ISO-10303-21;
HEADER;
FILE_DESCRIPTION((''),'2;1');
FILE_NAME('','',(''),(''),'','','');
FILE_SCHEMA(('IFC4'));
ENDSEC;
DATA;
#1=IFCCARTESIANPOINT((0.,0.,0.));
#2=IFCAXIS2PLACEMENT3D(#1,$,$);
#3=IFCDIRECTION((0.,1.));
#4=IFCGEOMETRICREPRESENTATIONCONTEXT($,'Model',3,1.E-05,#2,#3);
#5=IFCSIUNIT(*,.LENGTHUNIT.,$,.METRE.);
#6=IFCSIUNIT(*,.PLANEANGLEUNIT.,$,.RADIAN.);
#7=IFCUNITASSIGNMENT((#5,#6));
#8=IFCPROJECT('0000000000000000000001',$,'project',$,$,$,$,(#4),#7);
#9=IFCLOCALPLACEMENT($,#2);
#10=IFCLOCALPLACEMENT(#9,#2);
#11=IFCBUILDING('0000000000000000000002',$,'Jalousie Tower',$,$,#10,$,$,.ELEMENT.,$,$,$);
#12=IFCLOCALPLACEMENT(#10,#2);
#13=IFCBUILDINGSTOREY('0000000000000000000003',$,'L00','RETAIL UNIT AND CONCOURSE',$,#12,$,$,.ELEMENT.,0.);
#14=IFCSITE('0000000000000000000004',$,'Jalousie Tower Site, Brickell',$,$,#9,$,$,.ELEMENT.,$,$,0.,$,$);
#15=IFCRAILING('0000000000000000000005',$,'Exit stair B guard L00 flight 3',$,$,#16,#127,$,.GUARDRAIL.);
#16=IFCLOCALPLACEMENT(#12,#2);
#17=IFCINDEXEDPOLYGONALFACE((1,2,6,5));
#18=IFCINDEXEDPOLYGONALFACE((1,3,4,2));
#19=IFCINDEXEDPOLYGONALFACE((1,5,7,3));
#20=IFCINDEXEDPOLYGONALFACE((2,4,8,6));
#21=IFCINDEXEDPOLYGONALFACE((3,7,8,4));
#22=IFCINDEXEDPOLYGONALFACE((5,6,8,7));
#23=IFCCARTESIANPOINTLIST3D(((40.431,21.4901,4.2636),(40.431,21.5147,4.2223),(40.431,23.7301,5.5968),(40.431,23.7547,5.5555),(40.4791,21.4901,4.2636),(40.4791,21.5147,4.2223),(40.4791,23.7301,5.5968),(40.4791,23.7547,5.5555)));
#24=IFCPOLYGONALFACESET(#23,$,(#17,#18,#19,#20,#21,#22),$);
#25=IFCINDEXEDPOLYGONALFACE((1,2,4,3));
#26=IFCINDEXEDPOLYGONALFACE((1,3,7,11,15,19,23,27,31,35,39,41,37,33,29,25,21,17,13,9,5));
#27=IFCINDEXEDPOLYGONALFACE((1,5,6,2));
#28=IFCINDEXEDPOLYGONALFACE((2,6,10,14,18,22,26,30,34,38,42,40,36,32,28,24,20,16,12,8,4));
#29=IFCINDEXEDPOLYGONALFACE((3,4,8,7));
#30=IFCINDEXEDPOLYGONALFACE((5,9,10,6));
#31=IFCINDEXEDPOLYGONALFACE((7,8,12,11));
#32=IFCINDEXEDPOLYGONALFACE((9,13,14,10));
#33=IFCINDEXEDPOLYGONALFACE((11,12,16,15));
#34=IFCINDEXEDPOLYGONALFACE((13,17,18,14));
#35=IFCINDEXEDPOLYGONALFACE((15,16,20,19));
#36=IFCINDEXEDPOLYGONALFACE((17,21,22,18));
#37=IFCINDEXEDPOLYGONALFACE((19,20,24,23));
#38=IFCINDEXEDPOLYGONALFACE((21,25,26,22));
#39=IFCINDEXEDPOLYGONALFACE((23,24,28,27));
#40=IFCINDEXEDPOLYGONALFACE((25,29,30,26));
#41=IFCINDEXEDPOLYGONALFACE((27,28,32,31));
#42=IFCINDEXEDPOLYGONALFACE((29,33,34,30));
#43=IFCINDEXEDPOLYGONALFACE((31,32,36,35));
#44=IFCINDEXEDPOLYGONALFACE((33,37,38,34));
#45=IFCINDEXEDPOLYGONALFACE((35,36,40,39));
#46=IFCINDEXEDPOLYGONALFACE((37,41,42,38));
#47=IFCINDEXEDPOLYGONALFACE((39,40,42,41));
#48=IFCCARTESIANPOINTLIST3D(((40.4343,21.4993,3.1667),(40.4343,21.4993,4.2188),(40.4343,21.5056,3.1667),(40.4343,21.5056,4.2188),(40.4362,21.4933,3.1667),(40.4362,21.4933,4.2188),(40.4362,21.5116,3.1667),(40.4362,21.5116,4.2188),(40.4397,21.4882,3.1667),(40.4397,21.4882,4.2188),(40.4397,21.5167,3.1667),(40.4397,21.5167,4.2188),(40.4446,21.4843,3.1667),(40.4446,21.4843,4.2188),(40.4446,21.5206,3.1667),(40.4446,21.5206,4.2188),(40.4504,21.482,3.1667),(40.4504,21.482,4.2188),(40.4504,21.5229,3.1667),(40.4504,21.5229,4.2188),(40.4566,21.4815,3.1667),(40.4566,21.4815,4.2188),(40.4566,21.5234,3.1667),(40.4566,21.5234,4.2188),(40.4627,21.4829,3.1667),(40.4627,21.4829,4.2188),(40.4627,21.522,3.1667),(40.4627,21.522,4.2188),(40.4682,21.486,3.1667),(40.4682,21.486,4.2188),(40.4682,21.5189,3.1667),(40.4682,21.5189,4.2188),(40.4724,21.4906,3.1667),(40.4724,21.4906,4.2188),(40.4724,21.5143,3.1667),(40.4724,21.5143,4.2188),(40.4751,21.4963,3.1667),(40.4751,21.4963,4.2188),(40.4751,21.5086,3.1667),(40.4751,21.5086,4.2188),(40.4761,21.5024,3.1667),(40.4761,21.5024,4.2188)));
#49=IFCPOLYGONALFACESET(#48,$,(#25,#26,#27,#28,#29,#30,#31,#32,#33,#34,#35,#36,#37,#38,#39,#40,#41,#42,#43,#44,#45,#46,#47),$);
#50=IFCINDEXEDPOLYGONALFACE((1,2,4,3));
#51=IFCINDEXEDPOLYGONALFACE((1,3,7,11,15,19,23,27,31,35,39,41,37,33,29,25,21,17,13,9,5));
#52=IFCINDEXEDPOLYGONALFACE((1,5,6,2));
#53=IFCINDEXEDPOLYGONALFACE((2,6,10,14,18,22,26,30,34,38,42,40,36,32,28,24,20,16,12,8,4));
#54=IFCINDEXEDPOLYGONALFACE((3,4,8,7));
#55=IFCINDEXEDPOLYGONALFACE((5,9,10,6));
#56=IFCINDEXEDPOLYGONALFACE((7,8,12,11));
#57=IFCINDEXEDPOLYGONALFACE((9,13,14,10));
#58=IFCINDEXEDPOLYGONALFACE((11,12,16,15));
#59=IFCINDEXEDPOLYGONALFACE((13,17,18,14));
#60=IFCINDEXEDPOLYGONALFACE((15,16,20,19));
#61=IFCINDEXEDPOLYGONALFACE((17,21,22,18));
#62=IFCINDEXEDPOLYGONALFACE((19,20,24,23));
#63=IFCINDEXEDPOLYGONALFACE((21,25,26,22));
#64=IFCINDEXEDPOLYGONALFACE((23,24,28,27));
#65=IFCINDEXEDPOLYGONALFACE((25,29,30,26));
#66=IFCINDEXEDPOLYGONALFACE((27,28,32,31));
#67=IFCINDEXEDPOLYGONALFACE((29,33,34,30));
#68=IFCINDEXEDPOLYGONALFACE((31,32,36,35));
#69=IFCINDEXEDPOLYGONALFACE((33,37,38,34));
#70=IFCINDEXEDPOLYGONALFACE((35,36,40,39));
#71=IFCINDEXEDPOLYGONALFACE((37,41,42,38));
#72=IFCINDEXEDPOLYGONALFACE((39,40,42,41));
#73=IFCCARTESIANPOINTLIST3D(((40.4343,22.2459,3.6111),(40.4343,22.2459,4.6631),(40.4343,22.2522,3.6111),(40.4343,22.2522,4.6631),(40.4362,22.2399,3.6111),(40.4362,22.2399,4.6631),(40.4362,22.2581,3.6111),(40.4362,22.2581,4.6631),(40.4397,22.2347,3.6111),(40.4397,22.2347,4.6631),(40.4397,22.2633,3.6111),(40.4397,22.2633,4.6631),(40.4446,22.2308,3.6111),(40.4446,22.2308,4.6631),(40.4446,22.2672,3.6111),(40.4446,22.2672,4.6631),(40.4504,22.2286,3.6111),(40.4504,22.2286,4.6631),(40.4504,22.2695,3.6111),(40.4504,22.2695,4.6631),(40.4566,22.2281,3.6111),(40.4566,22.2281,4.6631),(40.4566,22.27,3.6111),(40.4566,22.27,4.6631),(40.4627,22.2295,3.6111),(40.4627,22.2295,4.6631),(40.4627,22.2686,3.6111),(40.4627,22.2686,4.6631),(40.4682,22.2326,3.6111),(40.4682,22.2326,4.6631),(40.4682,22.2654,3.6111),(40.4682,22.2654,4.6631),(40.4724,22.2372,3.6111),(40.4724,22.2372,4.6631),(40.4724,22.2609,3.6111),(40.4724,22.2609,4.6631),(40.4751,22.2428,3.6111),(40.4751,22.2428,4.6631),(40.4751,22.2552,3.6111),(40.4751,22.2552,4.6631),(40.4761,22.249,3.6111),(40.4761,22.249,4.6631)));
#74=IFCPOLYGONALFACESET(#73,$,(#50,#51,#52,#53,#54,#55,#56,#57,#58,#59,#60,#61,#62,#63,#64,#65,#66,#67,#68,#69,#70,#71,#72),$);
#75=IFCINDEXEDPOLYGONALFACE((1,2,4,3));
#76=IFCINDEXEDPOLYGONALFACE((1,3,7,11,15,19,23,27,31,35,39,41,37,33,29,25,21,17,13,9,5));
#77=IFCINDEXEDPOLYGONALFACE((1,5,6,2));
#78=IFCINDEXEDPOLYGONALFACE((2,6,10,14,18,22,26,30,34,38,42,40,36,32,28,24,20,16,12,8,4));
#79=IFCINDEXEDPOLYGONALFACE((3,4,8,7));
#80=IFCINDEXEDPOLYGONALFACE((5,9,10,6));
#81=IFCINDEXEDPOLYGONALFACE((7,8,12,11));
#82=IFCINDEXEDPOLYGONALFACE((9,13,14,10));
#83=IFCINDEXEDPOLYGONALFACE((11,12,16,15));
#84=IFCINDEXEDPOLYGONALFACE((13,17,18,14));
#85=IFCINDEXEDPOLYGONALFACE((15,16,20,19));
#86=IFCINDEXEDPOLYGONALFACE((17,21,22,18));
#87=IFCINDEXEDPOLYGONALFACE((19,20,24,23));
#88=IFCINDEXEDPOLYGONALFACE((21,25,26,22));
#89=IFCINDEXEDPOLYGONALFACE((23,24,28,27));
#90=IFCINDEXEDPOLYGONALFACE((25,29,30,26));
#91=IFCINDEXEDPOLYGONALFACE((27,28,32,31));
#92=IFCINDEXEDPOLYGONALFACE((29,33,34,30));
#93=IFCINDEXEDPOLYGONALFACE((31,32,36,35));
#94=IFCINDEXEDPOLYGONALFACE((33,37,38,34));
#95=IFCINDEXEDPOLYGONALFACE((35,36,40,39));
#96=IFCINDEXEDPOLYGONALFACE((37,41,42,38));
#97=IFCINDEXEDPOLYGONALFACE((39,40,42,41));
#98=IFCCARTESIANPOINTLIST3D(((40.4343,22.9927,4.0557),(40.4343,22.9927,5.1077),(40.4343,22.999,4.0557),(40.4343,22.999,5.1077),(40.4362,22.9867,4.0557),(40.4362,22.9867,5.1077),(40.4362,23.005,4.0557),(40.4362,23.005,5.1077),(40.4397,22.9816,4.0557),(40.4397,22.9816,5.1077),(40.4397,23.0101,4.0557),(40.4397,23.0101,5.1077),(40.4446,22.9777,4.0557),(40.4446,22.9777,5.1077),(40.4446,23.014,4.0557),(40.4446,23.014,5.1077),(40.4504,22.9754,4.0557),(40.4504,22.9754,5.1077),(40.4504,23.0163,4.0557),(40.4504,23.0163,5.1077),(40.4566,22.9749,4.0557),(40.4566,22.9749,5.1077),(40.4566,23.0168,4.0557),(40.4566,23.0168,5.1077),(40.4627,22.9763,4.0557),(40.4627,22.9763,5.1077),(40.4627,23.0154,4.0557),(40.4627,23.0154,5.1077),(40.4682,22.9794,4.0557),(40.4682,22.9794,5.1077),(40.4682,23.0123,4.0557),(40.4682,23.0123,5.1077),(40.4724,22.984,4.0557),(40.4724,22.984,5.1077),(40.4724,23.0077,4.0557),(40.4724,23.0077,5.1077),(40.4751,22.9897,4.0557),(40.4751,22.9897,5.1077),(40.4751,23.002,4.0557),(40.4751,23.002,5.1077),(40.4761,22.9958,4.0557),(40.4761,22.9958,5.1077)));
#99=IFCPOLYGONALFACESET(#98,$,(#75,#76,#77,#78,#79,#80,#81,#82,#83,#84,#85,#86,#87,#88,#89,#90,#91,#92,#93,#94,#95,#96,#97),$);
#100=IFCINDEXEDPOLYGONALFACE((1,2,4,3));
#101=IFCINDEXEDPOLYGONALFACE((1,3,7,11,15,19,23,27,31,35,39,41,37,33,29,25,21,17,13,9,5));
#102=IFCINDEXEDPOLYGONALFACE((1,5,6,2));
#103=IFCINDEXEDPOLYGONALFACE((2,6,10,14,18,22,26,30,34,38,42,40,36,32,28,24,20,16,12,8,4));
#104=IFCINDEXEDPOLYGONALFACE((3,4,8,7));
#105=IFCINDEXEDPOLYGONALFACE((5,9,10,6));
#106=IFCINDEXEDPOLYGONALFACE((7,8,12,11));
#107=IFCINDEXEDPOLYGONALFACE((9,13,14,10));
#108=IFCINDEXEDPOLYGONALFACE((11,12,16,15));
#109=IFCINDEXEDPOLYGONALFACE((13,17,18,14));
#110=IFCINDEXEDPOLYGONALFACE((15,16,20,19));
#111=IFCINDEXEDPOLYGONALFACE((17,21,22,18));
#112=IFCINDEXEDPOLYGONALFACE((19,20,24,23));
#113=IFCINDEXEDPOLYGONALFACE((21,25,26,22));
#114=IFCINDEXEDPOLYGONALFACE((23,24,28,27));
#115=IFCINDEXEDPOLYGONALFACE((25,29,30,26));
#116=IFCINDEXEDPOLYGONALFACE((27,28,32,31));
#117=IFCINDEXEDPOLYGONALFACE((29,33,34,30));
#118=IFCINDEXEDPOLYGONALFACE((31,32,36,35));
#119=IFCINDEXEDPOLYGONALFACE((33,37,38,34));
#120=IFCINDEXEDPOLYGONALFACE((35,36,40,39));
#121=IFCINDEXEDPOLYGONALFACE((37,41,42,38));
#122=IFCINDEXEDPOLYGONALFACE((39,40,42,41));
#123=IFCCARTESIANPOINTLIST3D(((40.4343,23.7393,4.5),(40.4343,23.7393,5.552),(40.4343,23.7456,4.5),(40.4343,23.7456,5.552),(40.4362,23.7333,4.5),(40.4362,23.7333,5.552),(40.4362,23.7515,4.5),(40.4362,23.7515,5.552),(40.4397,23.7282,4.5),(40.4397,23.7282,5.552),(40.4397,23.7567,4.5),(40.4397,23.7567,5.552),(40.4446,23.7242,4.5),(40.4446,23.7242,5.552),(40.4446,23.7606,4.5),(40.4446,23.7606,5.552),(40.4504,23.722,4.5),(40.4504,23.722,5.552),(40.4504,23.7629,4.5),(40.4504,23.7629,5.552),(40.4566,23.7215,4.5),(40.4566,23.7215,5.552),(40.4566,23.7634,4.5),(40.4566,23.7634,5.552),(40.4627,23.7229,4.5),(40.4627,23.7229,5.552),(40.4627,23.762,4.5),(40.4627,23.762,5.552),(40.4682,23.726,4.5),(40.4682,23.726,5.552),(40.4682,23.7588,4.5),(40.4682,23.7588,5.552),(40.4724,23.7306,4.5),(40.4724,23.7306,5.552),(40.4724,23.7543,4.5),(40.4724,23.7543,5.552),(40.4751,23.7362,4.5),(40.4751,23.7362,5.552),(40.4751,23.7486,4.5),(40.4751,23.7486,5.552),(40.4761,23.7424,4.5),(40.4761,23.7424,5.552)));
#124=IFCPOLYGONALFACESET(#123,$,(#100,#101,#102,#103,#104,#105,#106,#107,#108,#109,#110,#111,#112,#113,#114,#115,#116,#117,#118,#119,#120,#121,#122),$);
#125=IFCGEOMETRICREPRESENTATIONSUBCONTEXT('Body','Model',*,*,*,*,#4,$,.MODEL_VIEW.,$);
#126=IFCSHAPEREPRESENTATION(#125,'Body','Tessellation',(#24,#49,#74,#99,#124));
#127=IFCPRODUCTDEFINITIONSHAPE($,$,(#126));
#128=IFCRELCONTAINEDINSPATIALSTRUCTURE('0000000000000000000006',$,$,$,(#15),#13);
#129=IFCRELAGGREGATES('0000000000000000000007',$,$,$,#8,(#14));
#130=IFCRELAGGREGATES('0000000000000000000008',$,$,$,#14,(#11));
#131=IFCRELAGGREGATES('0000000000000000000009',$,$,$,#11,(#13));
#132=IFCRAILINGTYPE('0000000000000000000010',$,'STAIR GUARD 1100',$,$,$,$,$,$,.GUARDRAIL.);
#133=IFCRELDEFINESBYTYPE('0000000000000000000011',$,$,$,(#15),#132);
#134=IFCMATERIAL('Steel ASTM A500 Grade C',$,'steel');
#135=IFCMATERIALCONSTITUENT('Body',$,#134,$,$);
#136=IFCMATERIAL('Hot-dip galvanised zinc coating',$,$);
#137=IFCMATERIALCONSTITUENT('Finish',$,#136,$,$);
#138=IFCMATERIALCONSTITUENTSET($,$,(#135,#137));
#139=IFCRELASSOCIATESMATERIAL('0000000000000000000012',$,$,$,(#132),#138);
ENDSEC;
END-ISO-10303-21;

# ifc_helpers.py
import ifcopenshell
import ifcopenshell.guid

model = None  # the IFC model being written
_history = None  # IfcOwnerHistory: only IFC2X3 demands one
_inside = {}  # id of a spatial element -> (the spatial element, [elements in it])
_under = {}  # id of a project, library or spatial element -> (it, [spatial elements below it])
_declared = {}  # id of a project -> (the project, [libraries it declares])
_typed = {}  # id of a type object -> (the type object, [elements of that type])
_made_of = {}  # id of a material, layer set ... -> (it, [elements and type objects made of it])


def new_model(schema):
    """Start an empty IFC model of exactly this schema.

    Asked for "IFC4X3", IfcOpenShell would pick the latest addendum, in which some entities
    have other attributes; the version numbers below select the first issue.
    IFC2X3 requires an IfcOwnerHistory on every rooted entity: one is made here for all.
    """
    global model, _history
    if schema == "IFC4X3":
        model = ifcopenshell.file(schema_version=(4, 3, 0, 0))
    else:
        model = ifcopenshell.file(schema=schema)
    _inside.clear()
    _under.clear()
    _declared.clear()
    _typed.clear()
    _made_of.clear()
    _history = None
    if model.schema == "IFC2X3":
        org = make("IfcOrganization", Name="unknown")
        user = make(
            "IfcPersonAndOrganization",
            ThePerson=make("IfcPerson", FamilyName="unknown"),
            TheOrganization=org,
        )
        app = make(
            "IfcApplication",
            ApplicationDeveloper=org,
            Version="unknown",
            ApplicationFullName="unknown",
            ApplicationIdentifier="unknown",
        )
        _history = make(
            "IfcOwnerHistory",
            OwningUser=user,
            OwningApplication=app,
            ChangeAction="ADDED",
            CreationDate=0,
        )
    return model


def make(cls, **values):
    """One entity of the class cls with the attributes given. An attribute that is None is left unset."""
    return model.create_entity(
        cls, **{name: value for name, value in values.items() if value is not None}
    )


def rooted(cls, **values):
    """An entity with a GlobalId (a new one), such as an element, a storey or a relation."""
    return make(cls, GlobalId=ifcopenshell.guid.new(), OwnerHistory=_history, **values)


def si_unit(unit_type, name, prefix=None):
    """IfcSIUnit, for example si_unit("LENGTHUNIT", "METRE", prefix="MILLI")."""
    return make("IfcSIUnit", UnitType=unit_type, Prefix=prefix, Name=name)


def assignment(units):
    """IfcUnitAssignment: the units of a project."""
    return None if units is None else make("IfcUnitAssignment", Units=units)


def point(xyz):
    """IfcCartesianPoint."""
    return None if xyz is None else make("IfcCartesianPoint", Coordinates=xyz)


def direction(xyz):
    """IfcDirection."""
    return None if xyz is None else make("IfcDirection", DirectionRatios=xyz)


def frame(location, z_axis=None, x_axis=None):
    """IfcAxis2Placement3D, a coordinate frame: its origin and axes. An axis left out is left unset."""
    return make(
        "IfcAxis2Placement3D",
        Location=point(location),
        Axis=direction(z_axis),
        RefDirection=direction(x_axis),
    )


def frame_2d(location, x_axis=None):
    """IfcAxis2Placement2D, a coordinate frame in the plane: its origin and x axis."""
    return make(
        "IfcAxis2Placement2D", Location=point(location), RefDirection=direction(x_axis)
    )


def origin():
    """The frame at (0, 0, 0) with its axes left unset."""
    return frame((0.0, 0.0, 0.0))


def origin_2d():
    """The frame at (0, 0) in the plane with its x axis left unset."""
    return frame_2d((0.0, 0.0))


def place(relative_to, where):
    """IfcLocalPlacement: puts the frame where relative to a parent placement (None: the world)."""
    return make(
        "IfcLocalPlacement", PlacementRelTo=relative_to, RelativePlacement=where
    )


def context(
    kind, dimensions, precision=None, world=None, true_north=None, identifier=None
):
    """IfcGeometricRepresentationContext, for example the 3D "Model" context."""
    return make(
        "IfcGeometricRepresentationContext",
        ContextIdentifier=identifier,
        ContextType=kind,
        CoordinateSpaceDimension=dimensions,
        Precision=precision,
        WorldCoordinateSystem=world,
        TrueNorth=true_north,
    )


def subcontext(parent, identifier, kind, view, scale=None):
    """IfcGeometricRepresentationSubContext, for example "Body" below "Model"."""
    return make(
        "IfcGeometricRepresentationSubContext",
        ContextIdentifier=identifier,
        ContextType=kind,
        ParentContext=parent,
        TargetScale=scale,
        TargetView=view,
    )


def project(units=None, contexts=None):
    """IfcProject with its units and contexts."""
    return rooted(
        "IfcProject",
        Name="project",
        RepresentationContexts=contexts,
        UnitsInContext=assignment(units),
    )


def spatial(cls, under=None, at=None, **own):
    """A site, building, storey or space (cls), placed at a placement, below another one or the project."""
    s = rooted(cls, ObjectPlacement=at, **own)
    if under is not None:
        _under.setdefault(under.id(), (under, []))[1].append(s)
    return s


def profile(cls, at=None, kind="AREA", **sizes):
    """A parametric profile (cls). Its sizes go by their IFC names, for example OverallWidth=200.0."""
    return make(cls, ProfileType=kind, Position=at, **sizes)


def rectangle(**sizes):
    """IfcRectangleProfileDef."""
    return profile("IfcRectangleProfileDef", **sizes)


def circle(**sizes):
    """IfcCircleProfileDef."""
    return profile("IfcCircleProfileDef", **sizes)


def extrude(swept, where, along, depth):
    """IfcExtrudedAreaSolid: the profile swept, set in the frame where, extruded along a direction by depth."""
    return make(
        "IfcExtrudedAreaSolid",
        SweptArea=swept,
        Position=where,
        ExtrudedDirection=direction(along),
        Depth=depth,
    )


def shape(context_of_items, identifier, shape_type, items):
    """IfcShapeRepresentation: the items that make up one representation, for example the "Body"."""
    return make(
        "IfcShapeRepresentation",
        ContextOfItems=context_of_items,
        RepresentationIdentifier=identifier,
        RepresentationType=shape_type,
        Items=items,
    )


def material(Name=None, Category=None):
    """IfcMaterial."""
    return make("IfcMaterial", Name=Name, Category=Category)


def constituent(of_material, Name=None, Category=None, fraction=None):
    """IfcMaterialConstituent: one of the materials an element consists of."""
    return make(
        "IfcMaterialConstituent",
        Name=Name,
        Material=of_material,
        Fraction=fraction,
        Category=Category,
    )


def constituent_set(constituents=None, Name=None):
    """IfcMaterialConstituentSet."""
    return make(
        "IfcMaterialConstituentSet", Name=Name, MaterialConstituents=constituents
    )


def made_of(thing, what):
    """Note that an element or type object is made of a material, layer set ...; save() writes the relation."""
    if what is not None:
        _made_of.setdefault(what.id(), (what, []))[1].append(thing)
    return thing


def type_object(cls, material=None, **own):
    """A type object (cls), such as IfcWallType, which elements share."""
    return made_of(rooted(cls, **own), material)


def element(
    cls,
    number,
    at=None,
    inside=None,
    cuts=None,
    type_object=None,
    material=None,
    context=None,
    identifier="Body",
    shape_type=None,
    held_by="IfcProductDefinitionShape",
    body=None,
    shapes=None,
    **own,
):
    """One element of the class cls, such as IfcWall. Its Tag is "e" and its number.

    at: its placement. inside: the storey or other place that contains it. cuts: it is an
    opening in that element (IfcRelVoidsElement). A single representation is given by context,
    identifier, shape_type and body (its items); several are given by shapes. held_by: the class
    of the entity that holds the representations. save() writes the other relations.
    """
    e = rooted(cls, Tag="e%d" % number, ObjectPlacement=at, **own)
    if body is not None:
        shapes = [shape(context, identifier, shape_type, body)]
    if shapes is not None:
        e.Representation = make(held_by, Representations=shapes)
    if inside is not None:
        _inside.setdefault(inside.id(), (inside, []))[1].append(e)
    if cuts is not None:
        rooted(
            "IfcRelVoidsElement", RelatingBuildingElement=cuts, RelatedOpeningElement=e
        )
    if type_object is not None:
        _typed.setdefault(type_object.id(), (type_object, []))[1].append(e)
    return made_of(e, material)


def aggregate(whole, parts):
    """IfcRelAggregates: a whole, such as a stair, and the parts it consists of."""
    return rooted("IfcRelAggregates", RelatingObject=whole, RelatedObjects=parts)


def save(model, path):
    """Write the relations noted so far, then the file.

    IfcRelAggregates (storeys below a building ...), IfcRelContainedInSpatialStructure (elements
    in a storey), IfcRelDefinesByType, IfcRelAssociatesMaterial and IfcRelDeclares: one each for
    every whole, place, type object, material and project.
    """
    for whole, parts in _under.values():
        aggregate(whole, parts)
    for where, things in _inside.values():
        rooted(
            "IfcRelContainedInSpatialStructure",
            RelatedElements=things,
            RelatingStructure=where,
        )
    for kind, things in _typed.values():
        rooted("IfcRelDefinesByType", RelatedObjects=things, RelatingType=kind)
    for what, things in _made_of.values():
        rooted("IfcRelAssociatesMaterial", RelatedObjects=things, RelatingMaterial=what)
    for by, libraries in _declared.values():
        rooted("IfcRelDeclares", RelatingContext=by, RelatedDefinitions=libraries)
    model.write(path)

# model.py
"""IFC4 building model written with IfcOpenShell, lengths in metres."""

from ifc_helpers import new_model, si_unit, direction, frame, origin, origin_2d, place, context, subcontext, project, spatial, rectangle, circle, extrude, material, constituent, constituent_set, type_object, element, save


model = new_model("IFC4")

# Units and contexts
model_context = context("Model", 3, precision=1e-05, world=origin(), true_north=direction((0.0, 1.0)))
body_context = subcontext(model_context, "Body", "Model", "MODEL_VIEW")
ifc_project = project(units=[si_unit("LENGTHUNIT", "METRE"), si_unit("PLANEANGLEUNIT", "RADIAN")], contexts=[model_context])

# Site, building, storey
site_placement = place(None, origin())
site = spatial("IfcSite", under=ifc_project, at=site_placement, Name="Jalousie Tower Site, Brickell", CompositionType="ELEMENT", RefElevation=0.0)
building_placement = place(site_placement, origin())
building = spatial("IfcBuilding", under=site, at=building_placement, Name="Jalousie Tower", CompositionType="ELEMENT")
storey_placement = place(building_placement, origin())
storey = spatial("IfcBuildingStorey", under=building, at=storey_placement, Name="L00", Description="RETAIL UNIT AND CONCOURSE", CompositionType="ELEMENT", Elevation=0.0)

# Railing
ifc_material_1 = material(Name="Steel ASTM A500 Grade C", Category="steel")
ifc_constituent_1 = constituent(ifc_material_1, Name="Body")
ifc_material_2 = material(Name="Hot-dip galvanised zinc coating")
ifc_constituent_2 = constituent(ifc_material_2, Name="Finish")
ifc_constituent_set_1 = constituent_set(constituents=[ifc_constituent_1, ifc_constituent_2])
railing_type_1 = type_object("IfcRailingType", Name="STAIR GUARD 1100", PredefinedType="GUARDRAIL", material=ifc_constituent_set_1)
railing_1_placement = place(storey_placement, frame((40.4551, 21.5024, 3.1667)))
element("IfcRailing", 1, at=railing_1_placement, inside=storey, type_object=railing_type_1, Name="Exit stair B guard L00 flight 3", PredefinedType="GUARDRAIL", context=body_context, shape_type="SweptSolid", body=[
    extrude(rectangle(XDim=0.0481, YDim=0.0481, at=origin_2d()), frame((0.0, 0.0, 1.0762), z_axis=(0.0, 0.859306, 0.511462), x_axis=(-1.0, 0.0, 0.0)), (0.0, 0.0, 1.0), 2.6067),
    extrude(circle(Radius=0.021, at=origin_2d()), origin(), (0.0, 0.0, 1.0), 1.052),
    extrude(circle(Radius=0.021, at=origin_2d()), frame((0.0, 0.7466, 0.4443)), (0.0, 0.0, 1.0), 1.052),
    extrude(circle(Radius=0.021, at=origin_2d()), frame((0.0, 1.4934, 0.8889)), (0.0, 0.0, 1.0), 1.052),
    extrude(circle(Radius=0.021, at=origin_2d()), frame((0.0, 2.24, 1.3333)), (0.0, 0.0, 1.0), 1.052),
])

save(model, "model.ifc")
